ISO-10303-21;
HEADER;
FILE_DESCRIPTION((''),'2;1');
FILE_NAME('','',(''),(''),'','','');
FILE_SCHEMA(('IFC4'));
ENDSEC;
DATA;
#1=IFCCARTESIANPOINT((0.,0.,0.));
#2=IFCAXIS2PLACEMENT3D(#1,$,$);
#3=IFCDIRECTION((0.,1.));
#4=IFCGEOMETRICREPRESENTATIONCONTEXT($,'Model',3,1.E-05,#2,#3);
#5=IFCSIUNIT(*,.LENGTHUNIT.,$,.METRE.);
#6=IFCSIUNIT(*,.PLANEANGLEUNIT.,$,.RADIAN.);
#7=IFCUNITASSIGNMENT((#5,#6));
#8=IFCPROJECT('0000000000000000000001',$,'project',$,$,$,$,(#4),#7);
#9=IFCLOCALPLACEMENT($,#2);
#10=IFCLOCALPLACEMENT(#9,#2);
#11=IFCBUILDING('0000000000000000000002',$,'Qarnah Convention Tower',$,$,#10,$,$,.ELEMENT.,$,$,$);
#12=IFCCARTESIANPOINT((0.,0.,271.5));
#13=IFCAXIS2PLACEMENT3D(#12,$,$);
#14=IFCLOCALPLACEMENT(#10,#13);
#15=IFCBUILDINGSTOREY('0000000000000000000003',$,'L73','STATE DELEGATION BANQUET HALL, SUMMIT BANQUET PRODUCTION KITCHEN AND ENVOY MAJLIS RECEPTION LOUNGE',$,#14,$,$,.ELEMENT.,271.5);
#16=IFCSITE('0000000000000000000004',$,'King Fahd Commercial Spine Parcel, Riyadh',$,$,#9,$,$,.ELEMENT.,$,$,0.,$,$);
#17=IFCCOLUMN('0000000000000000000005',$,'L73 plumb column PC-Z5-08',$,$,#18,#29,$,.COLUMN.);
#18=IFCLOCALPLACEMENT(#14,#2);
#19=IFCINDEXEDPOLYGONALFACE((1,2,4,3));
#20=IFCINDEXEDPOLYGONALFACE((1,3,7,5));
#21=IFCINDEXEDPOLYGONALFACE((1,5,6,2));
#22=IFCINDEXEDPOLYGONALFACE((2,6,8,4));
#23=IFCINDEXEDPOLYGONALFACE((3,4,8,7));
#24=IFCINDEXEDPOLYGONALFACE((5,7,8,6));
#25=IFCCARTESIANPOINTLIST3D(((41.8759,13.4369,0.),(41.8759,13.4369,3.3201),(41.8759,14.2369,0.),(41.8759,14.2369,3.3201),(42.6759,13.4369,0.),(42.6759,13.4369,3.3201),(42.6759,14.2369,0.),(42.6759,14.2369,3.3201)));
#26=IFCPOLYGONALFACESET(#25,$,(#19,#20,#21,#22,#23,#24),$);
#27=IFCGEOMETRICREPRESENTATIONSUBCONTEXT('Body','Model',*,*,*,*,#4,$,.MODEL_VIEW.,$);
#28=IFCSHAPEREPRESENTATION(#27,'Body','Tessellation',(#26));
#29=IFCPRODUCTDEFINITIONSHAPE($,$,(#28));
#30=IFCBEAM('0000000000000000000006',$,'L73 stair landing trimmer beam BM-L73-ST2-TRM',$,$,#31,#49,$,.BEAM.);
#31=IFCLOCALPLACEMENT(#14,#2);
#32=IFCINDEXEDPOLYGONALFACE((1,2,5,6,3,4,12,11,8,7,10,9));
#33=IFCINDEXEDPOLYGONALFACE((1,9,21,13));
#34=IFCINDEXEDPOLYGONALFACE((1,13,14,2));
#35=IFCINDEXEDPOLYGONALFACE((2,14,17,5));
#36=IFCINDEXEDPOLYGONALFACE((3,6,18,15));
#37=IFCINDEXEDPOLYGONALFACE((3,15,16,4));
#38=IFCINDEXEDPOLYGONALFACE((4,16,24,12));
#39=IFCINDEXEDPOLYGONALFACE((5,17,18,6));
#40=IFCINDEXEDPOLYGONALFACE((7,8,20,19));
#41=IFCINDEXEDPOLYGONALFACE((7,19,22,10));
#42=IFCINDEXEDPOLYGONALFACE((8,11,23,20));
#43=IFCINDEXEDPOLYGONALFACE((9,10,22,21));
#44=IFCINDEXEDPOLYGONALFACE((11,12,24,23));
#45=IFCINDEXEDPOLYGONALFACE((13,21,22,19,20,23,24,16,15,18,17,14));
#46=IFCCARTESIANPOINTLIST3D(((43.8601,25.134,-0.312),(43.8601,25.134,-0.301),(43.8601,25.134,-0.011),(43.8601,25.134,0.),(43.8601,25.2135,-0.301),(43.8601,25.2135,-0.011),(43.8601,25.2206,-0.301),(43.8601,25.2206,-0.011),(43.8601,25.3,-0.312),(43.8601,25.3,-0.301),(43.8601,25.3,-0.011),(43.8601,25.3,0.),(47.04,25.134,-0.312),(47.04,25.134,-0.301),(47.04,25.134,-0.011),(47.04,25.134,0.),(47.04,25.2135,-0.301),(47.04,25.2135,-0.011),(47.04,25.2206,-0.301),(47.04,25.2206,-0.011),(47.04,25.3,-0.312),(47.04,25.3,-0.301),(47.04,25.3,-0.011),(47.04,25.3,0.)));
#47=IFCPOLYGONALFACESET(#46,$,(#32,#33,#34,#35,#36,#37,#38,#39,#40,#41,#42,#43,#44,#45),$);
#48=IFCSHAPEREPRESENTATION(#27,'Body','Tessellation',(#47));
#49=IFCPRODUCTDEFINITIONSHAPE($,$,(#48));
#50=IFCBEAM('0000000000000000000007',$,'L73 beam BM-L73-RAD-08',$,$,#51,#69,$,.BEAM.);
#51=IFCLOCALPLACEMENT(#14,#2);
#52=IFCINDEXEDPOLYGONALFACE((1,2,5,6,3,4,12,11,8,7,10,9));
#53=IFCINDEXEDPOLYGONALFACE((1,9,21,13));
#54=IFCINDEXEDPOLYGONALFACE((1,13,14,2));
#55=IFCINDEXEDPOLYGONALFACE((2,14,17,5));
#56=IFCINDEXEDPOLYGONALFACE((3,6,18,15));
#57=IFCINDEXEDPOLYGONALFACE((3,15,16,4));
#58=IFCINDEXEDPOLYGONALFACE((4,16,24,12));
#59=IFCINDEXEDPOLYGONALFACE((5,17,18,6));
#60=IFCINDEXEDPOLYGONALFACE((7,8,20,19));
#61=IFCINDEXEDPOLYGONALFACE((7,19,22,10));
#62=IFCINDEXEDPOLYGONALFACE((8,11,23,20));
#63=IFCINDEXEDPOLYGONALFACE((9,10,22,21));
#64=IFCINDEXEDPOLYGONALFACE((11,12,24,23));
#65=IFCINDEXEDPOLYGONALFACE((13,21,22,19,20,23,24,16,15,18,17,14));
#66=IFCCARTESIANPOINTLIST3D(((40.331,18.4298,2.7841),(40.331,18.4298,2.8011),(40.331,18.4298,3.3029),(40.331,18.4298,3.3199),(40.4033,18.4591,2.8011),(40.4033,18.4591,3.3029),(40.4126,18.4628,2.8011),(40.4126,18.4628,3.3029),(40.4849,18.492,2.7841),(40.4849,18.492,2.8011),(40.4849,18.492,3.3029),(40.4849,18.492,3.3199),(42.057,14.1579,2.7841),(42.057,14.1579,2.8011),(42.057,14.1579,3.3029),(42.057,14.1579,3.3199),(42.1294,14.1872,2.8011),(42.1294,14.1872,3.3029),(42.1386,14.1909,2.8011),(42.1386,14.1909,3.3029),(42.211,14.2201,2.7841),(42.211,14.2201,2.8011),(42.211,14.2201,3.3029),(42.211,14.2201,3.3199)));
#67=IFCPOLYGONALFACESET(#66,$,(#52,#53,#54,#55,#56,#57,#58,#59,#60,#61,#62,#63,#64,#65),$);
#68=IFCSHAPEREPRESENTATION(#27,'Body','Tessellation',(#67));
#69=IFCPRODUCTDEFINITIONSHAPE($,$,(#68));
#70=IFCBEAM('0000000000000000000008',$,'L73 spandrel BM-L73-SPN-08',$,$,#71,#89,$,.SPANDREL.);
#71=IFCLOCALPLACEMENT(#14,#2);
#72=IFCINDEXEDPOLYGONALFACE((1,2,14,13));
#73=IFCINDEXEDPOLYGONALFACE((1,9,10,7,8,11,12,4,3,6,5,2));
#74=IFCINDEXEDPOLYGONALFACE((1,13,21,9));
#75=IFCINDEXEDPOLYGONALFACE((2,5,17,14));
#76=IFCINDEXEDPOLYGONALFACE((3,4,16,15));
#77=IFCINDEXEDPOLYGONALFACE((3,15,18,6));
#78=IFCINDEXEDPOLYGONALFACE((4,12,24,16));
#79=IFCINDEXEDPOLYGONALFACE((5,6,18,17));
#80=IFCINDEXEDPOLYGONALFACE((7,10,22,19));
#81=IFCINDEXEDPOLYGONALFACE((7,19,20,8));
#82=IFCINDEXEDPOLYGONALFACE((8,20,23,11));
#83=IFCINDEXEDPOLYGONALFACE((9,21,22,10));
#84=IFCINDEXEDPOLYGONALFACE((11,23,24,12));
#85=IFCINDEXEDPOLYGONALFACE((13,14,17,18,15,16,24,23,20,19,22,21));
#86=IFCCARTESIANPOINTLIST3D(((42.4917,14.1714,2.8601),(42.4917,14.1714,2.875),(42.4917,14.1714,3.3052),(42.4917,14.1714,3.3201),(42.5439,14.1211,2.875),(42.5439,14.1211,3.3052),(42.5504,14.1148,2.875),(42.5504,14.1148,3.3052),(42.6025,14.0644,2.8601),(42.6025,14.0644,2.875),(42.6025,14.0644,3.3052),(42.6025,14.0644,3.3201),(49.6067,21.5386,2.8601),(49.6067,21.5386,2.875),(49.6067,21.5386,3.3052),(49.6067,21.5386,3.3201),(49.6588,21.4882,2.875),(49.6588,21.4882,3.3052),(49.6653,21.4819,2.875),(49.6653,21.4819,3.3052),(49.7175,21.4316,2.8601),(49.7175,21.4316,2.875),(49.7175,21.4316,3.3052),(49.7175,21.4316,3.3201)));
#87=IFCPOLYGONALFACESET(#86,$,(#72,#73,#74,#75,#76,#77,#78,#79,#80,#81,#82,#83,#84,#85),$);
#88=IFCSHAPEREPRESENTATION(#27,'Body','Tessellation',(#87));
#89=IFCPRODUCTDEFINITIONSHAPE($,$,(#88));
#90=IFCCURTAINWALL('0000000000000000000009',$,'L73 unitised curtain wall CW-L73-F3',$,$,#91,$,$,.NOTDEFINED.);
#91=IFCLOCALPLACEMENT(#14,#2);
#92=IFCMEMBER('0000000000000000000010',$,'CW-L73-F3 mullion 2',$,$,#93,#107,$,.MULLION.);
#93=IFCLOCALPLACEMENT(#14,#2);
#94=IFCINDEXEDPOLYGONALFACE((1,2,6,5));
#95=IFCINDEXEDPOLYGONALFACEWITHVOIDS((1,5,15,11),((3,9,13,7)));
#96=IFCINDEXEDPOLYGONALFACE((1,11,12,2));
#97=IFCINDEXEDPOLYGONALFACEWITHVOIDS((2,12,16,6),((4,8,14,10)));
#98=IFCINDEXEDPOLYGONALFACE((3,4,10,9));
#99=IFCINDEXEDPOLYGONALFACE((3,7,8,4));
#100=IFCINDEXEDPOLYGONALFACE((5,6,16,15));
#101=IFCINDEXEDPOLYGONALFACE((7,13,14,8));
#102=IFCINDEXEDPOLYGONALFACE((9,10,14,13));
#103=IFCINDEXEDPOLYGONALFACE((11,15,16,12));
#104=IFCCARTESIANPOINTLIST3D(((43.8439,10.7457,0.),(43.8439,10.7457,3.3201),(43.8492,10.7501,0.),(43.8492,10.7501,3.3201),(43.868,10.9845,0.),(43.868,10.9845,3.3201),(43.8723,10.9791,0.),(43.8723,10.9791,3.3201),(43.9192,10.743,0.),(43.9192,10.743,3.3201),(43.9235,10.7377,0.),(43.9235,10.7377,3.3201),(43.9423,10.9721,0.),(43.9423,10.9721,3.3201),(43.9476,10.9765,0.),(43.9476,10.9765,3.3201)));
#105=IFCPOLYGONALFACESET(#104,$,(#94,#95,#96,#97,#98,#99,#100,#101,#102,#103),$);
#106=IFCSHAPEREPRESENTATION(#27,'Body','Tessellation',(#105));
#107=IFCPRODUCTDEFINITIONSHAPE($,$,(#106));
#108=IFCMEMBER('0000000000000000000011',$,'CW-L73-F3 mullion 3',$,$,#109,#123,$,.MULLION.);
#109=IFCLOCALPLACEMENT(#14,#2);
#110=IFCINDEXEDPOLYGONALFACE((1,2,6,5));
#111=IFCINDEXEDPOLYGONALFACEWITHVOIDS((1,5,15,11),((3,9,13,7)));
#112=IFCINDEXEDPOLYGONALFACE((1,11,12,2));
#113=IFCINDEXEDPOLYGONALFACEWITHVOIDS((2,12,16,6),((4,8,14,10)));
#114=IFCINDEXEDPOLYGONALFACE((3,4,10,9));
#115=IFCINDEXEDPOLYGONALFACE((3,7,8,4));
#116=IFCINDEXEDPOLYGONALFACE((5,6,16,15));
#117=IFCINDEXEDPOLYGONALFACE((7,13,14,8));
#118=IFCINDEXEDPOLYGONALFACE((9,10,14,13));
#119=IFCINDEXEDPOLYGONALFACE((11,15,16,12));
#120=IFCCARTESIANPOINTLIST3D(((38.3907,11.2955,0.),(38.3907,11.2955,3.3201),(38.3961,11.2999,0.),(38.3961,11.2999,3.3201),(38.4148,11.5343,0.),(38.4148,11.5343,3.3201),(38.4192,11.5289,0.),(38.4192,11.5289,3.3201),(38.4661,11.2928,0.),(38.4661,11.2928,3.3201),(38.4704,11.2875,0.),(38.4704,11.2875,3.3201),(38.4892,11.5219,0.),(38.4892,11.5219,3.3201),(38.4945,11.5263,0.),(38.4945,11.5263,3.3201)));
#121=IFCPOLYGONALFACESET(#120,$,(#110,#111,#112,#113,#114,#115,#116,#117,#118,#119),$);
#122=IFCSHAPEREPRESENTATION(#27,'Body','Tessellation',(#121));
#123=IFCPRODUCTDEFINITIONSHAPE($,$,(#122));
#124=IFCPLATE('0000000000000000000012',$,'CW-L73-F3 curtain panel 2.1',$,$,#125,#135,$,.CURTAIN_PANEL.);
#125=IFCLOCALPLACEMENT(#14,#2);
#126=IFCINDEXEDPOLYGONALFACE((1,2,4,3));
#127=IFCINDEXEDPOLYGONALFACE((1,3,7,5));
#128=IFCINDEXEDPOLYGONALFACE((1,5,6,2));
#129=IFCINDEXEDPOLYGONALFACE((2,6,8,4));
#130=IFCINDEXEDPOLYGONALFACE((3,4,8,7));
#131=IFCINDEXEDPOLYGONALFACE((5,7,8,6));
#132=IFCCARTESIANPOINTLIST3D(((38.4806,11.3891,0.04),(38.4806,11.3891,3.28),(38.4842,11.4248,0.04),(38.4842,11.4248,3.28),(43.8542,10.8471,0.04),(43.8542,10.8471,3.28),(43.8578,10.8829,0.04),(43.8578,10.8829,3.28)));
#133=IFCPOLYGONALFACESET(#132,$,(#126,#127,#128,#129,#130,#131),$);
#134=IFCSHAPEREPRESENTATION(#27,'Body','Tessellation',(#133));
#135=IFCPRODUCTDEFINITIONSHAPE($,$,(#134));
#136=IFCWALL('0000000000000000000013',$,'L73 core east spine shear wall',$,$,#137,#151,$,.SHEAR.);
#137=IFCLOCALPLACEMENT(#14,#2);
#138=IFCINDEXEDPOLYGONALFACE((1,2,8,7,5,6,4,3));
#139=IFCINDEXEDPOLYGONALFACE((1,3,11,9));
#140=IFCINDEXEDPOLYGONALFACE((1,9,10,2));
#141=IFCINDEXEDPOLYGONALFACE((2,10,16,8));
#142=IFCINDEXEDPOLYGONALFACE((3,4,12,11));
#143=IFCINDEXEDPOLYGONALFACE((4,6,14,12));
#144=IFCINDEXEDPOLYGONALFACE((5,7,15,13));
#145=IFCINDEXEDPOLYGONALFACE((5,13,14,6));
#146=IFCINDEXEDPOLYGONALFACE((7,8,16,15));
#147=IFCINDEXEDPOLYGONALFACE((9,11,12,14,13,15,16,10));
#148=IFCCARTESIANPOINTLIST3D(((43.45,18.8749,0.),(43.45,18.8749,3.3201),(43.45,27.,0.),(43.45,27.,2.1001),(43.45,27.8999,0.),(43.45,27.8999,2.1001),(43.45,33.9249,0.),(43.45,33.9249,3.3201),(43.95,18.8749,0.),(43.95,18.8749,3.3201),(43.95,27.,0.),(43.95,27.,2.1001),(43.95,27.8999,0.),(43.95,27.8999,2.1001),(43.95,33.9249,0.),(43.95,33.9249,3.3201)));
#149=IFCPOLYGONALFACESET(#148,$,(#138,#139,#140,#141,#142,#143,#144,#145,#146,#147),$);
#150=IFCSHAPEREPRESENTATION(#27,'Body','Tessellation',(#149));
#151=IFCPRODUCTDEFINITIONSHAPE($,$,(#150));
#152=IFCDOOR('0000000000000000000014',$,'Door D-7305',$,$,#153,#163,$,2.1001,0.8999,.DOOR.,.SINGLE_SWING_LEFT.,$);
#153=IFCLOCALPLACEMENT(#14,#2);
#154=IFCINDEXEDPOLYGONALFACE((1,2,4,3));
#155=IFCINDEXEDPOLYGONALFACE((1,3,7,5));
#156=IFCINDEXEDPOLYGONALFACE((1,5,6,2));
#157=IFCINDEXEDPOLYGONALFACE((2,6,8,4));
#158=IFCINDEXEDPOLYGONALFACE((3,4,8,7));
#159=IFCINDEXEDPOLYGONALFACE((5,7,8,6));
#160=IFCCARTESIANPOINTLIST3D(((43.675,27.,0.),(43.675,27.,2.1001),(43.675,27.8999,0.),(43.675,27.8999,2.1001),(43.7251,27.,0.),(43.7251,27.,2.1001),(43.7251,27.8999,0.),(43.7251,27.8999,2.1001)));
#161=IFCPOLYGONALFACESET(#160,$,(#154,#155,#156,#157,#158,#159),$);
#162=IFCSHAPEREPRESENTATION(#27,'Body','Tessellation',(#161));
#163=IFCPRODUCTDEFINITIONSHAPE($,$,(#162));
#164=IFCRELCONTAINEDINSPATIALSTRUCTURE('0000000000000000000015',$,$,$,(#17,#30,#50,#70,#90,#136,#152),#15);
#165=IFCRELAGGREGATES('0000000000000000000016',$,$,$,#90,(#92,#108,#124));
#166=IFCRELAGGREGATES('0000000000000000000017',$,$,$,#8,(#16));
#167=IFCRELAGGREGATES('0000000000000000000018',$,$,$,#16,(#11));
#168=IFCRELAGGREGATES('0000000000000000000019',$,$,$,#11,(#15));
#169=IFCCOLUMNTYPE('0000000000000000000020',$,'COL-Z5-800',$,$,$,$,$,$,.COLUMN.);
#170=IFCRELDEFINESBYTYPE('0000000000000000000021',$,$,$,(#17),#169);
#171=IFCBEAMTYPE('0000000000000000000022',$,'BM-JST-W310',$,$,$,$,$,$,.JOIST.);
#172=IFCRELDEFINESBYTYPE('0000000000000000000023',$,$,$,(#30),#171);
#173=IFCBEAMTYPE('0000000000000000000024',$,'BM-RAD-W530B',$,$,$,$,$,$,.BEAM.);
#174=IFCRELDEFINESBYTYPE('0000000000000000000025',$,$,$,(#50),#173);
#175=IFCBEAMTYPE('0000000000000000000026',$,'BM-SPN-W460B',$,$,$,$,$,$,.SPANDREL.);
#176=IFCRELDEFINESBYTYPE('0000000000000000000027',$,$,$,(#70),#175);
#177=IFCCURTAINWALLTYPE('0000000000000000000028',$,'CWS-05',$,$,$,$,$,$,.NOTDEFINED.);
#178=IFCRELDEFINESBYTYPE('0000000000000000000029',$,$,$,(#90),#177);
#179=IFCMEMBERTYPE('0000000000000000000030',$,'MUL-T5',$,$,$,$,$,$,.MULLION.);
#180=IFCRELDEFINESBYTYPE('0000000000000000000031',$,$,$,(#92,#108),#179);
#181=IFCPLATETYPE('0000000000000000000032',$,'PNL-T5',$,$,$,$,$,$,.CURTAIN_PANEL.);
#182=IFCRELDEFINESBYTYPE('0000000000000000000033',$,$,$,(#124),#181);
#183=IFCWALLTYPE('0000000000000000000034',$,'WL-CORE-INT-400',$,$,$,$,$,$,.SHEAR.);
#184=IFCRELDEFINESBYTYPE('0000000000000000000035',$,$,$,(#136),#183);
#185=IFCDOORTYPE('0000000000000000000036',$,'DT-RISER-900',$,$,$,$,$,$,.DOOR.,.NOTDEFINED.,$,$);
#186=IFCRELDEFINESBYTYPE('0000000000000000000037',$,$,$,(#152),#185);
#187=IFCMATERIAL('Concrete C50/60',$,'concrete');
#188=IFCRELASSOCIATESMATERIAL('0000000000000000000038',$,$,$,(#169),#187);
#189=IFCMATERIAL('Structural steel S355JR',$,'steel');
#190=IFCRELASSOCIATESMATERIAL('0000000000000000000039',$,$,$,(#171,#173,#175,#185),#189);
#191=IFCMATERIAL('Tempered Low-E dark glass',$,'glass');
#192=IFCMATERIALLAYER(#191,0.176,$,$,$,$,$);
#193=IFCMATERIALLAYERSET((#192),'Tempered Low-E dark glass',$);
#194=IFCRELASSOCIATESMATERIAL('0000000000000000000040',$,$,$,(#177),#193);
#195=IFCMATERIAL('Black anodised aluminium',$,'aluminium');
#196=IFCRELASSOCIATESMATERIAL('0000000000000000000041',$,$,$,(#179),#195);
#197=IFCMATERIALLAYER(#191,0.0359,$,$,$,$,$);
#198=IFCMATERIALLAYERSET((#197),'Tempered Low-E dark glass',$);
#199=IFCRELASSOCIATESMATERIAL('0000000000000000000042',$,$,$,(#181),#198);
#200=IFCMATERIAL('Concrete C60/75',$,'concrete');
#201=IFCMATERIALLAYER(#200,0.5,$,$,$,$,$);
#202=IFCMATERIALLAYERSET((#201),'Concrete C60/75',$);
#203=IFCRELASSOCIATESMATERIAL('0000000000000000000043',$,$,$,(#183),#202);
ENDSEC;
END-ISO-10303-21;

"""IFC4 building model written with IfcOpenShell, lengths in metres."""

from ifc_helpers import new_model, si_unit, direction, frame, frame_2d, origin, origin_2d, place, context, subcontext, project, spatial, rectangle, hollow_rectangle, i_section, extrude, material, layer, layer_set, material_profile, profile_set, type_object, element, fill, aggregate, save


model = new_model("IFC4")

# Units and contexts
model_context = context("Model", 3, precision=1e-05, world=origin(), true_north=direction((0.0, 1.0)))
body_context = subcontext(model_context, "Body", "Model", "MODEL_VIEW")
ifc_project = project(units=[si_unit("LENGTHUNIT", "METRE"), si_unit("PLANEANGLEUNIT", "RADIAN")], contexts=[model_context])

# Site, building, storey
site_placement = place(None, origin())
site = spatial("IfcSite", under=ifc_project, at=site_placement, Name="King Fahd Commercial Spine Parcel, Riyadh", CompositionType="ELEMENT", RefElevation=0.0)
building_placement = place(site_placement, origin())
building = spatial("IfcBuilding", under=site, at=building_placement, Name="Qarnah Convention Tower", CompositionType="ELEMENT")
storey_placement = place(building_placement, frame((0.0, 0.0, 271.5)))
storey = spatial("IfcBuildingStorey", under=building, at=storey_placement, Name="L73", Description="STATE DELEGATION BANQUET HALL, SUMMIT BANQUET PRODUCTION KITCHEN AND ENVOY MAJLIS RECEPTION LOUNGE", CompositionType="ELEMENT", Elevation=271.5)

# Column
ifc_material_1 = material(Name="Concrete C50/60", Category="concrete")
ifc_material_profile_1 = material_profile(ifc_material_1, rectangle(XDim=0.8, YDim=0.8, at=origin_2d()), Name="RC-COL-800X800")
ifc_profile_set_1 = profile_set([ifc_material_profile_1], Name="Concrete C50/60")
column_type = type_object("IfcColumnType", Name="COL-Z5-800", PredefinedType="COLUMN", material=ifc_profile_set_1)
column_placement = place(storey_placement, frame((42.2759, 13.8369, 0.0), z_axis=(0.0, 0.0, 1.0), x_axis=(1.0, 0.0, 0.0)))
element("IfcColumn", 1, at=column_placement, inside=storey, type_object=column_type, Name="L73 plumb column PC-Z5-08", PredefinedType="COLUMN", context=body_context, shape_type="SweptSolid", body=[
    extrude(rectangle(XDim=0.8, YDim=0.8, at=origin_2d()), origin(), (0.0, 0.0, 1.0), 3.3201),
])

# Beams
ifc_material_2 = material(Name="Structural steel S355JR", Category="steel")
ifc_material_profile_2 = material_profile(ifc_material_2, i_section(OverallWidth=0.166, OverallDepth=0.312, WebThickness=0.0071, FlangeThickness=0.011, at=origin_2d()), Name="W310X45")
ifc_profile_set_2 = profile_set([ifc_material_profile_2], Name="Structural steel S355JR")
beam_type_1 = type_object("IfcBeamType", Name="BM-JST-W310", PredefinedType="JOIST", material=ifc_profile_set_2)
beam_1_placement = place(storey_placement, frame((43.8601, 25.217, -0.156), z_axis=(1.0, 0.0, 0.0), x_axis=(0.0, 1.0, 0.0)))
element("IfcBeam", 2, at=beam_1_placement, inside=storey, type_object=beam_type_1, Name="L73 stair landing trimmer beam BM-L73-ST2-TRM", PredefinedType="BEAM", context=body_context, shape_type="SweptSolid", body=[
    extrude(i_section(OverallWidth=0.166, OverallDepth=0.312, WebThickness=0.0071, FlangeThickness=0.011, at=origin_2d()), origin(), (0.0, 0.0, 1.0), 3.1799),
])
ifc_material_profile_3 = material_profile(ifc_material_2, i_section(OverallWidth=0.166, OverallDepth=0.5359, WebThickness=0.01, FlangeThickness=0.0171, at=origin_2d()), Name="W530X85")
ifc_profile_set_3 = profile_set([ifc_material_profile_3], Name="Structural steel S355JR")
beam_type_2 = type_object("IfcBeamType", Name="BM-RAD-W530B", PredefinedType="BEAM", material=ifc_profile_set_3)
beam_2_placement = place(storey_placement, frame((40.408, 18.4609, 3.052), z_axis=(0.374622, -0.927177, 0.0), x_axis=(0.927177, 0.374622, 0.0)))
element("IfcBeam", 3, at=beam_2_placement, inside=storey, type_object=beam_type_2, Name="L73 beam BM-L73-RAD-08", PredefinedType="BEAM", context=body_context, shape_type="SweptSolid", body=[
    extrude(i_section(OverallWidth=0.166, OverallDepth=0.5359, WebThickness=0.01, FlangeThickness=0.0171, at=origin_2d()), origin(), (0.0, 0.0, 1.0), 4.6074),
])
ifc_material_profile_4 = material_profile(ifc_material_2, i_section(OverallWidth=0.1541, OverallDepth=0.46, WebThickness=0.009, FlangeThickness=0.0149, at=origin_2d()), Name="W460X68")
ifc_profile_set_4 = profile_set([ifc_material_profile_4], Name="Structural steel S355JR")
beam_type_3 = type_object("IfcBeamType", Name="BM-SPN-W460B", PredefinedType="SPANDREL", material=ifc_profile_set_4)
beam_3_placement = place(storey_placement, frame((42.5471, 14.1179, 3.0901), z_axis=(0.694688, 0.719312, 0.0), x_axis=(-0.719312, 0.694688, 0.0)))
element("IfcBeam", 4, at=beam_3_placement, inside=storey, type_object=beam_type_3, Name="L73 spandrel BM-L73-SPN-08", PredefinedType="SPANDREL", context=body_context, shape_type="SweptSolid", body=[
    extrude(i_section(OverallWidth=0.1541, OverallDepth=0.46, WebThickness=0.009, FlangeThickness=0.0149, at=origin_2d()), origin(), (0.0, 0.0, 1.0), 10.2419),
])

# Curtain wall, members, plate
ifc_material_3 = material(Name="Tempered Low-E dark glass", Category="glass")
ifc_layer_1 = layer(ifc_material_3, 0.176)
ifc_layer_set_1 = layer_set([ifc_layer_1], Name="Tempered Low-E dark glass")
curtain_wall_type = type_object("IfcCurtainWallType", Name="CWS-05", PredefinedType="NOTDEFINED", material=ifc_layer_set_1)
curtain_wall_placement = place(storey_placement, origin())
curtain_wall = element("IfcCurtainWall", 5, at=curtain_wall_placement, inside=storey, type_object=curtain_wall_type, Name="L73 unitised curtain wall CW-L73-F3", PredefinedType="NOTDEFINED")
ifc_material_4 = material(Name="Black anodised aluminium", Category="aluminium")
ifc_material_profile_5 = material_profile(ifc_material_4, hollow_rectangle(XDim=0.0801, YDim=0.24, WallThickness=0.0049, at=origin_2d()), Name="MUL-80X240")
ifc_profile_set_5 = profile_set([ifc_material_profile_5], Name="Black anodised aluminium")
member_type = type_object("IfcMemberType", Name="MUL-T5", PredefinedType="MULLION", material=ifc_profile_set_5)
member_1_placement = place(storey_placement, frame((43.8958, 10.8611, 0.0), z_axis=(0.0, 0.0, 1.0), x_axis=(-0.994952, 0.100349, 0.0)))
member_1 = element("IfcMember", 6, at=member_1_placement, type_object=member_type, Name="CW-L73-F3 mullion 2", PredefinedType="MULLION", context=body_context, shape_type="SweptSolid", body=[
    extrude(hollow_rectangle(XDim=0.0801, YDim=0.24, WallThickness=0.0049, at=origin_2d()), origin(), (0.0, 0.0, 1.0), 3.3201),
])
member_2_placement = place(storey_placement, frame((38.4426, 11.4109, 0.0), z_axis=(0.0, 0.0, 1.0), x_axis=(-0.994952, 0.100349, 0.0)))
member_2 = element("IfcMember", 7, at=member_2_placement, type_object=member_type, Name="CW-L73-F3 mullion 3", PredefinedType="MULLION", context=body_context, shape_type="SweptSolid", body=[
    extrude(hollow_rectangle(XDim=0.0801, YDim=0.24, WallThickness=0.0049, at=origin_2d()), origin(), (0.0, 0.0, 1.0), 3.3201),
])
ifc_layer_2 = layer(ifc_material_3, 0.0359)
ifc_layer_set_2 = layer_set([ifc_layer_2], Name="Tempered Low-E dark glass")
plate_type = type_object("IfcPlateType", Name="PNL-T5", PredefinedType="CURTAIN_PANEL", material=ifc_layer_set_2)
plate_placement = place(storey_placement, frame((41.1692, 11.136, 0.04), z_axis=(0.0, 0.0, 1.0), x_axis=(-0.994952, 0.100349, 0.0)))
plate = element("IfcPlate", 8, at=plate_placement, type_object=plate_type, Name="CW-L73-F3 curtain panel 2.1", PredefinedType="CURTAIN_PANEL", context=body_context, shape_type="SweptSolid", body=[
    extrude(rectangle(XDim=5.4009, YDim=0.0359, at=origin_2d()), origin(), (0.0, 0.0, 1.0), 3.24),
])
aggregate(curtain_wall, [member_1, member_2, plate])

# Wall, opening, door
ifc_material_5 = material(Name="Concrete C60/75", Category="concrete")
ifc_layer_3 = layer(ifc_material_5, 0.5)
ifc_layer_set_3 = layer_set([ifc_layer_3], Name="Concrete C60/75")
wall_type_1 = type_object("IfcWallType", Name="WL-CORE-INT-400", PredefinedType="SHEAR", material=ifc_layer_set_3)
wall_1_placement = place(storey_placement, frame((43.7, 18.875, 0.0), z_axis=(0.0, 0.0, 1.0), x_axis=(0.0, 1.0, 0.0)))
wall_1 = element("IfcWall", 9, at=wall_1_placement, inside=storey, type_object=wall_type_1, Name="L73 core east spine shear wall", PredefinedType="SHEAR", context=body_context, shape_type="SweptSolid", body=[
    extrude(rectangle(XDim=15.05, YDim=0.5, at=frame_2d((7.5249, 0.0))), origin(), (0.0, 0.0, 1.0), 3.3201),
])
opening_1_placement = place(wall_1_placement, frame((8.125, 0.0, 0.0)))
opening_1 = element("IfcOpeningElement", 10, at=opening_1_placement, cuts=wall_1, PredefinedType="OPENING", context=body_context, shape_type="SweptSolid", body=[
    extrude(rectangle(XDim=0.8999, YDim=2.1001, at=frame_2d((0.45, 1.05))), frame((0.0, 0.26, 0.0), z_axis=(0.0, -1.0, 0.0), x_axis=(1.0, 0.0, 0.0)), (0.0, 0.0, 1.0), 0.52),
])
door_type_1 = type_object("IfcDoorType", Name="DT-RISER-900", OperationType="NOTDEFINED", PredefinedType="DOOR", material=ifc_material_2)
door_1_placement = place(opening_1_placement, origin())
door_1 = element("IfcDoor", 11, at=door_1_placement, inside=storey, type_object=door_type_1, Name="Door D-7305", OperationType="SINGLE_SWING_LEFT", OverallHeight=2.1001, OverallWidth=0.8999, PredefinedType="DOOR", context=body_context, shape_type="SweptSolid", body=[
    extrude(rectangle(XDim=0.8999, YDim=2.1001, at=frame_2d((0.45, 1.05))), frame((0.0, 0.0249, 0.0), z_axis=(0.0, -1.0, 0.0), x_axis=(1.0, 0.0, 0.0)), (0.0, 0.0, 1.0), 0.05),
])
fill(opening_1, door_1)

save(model, "model.ifc")
